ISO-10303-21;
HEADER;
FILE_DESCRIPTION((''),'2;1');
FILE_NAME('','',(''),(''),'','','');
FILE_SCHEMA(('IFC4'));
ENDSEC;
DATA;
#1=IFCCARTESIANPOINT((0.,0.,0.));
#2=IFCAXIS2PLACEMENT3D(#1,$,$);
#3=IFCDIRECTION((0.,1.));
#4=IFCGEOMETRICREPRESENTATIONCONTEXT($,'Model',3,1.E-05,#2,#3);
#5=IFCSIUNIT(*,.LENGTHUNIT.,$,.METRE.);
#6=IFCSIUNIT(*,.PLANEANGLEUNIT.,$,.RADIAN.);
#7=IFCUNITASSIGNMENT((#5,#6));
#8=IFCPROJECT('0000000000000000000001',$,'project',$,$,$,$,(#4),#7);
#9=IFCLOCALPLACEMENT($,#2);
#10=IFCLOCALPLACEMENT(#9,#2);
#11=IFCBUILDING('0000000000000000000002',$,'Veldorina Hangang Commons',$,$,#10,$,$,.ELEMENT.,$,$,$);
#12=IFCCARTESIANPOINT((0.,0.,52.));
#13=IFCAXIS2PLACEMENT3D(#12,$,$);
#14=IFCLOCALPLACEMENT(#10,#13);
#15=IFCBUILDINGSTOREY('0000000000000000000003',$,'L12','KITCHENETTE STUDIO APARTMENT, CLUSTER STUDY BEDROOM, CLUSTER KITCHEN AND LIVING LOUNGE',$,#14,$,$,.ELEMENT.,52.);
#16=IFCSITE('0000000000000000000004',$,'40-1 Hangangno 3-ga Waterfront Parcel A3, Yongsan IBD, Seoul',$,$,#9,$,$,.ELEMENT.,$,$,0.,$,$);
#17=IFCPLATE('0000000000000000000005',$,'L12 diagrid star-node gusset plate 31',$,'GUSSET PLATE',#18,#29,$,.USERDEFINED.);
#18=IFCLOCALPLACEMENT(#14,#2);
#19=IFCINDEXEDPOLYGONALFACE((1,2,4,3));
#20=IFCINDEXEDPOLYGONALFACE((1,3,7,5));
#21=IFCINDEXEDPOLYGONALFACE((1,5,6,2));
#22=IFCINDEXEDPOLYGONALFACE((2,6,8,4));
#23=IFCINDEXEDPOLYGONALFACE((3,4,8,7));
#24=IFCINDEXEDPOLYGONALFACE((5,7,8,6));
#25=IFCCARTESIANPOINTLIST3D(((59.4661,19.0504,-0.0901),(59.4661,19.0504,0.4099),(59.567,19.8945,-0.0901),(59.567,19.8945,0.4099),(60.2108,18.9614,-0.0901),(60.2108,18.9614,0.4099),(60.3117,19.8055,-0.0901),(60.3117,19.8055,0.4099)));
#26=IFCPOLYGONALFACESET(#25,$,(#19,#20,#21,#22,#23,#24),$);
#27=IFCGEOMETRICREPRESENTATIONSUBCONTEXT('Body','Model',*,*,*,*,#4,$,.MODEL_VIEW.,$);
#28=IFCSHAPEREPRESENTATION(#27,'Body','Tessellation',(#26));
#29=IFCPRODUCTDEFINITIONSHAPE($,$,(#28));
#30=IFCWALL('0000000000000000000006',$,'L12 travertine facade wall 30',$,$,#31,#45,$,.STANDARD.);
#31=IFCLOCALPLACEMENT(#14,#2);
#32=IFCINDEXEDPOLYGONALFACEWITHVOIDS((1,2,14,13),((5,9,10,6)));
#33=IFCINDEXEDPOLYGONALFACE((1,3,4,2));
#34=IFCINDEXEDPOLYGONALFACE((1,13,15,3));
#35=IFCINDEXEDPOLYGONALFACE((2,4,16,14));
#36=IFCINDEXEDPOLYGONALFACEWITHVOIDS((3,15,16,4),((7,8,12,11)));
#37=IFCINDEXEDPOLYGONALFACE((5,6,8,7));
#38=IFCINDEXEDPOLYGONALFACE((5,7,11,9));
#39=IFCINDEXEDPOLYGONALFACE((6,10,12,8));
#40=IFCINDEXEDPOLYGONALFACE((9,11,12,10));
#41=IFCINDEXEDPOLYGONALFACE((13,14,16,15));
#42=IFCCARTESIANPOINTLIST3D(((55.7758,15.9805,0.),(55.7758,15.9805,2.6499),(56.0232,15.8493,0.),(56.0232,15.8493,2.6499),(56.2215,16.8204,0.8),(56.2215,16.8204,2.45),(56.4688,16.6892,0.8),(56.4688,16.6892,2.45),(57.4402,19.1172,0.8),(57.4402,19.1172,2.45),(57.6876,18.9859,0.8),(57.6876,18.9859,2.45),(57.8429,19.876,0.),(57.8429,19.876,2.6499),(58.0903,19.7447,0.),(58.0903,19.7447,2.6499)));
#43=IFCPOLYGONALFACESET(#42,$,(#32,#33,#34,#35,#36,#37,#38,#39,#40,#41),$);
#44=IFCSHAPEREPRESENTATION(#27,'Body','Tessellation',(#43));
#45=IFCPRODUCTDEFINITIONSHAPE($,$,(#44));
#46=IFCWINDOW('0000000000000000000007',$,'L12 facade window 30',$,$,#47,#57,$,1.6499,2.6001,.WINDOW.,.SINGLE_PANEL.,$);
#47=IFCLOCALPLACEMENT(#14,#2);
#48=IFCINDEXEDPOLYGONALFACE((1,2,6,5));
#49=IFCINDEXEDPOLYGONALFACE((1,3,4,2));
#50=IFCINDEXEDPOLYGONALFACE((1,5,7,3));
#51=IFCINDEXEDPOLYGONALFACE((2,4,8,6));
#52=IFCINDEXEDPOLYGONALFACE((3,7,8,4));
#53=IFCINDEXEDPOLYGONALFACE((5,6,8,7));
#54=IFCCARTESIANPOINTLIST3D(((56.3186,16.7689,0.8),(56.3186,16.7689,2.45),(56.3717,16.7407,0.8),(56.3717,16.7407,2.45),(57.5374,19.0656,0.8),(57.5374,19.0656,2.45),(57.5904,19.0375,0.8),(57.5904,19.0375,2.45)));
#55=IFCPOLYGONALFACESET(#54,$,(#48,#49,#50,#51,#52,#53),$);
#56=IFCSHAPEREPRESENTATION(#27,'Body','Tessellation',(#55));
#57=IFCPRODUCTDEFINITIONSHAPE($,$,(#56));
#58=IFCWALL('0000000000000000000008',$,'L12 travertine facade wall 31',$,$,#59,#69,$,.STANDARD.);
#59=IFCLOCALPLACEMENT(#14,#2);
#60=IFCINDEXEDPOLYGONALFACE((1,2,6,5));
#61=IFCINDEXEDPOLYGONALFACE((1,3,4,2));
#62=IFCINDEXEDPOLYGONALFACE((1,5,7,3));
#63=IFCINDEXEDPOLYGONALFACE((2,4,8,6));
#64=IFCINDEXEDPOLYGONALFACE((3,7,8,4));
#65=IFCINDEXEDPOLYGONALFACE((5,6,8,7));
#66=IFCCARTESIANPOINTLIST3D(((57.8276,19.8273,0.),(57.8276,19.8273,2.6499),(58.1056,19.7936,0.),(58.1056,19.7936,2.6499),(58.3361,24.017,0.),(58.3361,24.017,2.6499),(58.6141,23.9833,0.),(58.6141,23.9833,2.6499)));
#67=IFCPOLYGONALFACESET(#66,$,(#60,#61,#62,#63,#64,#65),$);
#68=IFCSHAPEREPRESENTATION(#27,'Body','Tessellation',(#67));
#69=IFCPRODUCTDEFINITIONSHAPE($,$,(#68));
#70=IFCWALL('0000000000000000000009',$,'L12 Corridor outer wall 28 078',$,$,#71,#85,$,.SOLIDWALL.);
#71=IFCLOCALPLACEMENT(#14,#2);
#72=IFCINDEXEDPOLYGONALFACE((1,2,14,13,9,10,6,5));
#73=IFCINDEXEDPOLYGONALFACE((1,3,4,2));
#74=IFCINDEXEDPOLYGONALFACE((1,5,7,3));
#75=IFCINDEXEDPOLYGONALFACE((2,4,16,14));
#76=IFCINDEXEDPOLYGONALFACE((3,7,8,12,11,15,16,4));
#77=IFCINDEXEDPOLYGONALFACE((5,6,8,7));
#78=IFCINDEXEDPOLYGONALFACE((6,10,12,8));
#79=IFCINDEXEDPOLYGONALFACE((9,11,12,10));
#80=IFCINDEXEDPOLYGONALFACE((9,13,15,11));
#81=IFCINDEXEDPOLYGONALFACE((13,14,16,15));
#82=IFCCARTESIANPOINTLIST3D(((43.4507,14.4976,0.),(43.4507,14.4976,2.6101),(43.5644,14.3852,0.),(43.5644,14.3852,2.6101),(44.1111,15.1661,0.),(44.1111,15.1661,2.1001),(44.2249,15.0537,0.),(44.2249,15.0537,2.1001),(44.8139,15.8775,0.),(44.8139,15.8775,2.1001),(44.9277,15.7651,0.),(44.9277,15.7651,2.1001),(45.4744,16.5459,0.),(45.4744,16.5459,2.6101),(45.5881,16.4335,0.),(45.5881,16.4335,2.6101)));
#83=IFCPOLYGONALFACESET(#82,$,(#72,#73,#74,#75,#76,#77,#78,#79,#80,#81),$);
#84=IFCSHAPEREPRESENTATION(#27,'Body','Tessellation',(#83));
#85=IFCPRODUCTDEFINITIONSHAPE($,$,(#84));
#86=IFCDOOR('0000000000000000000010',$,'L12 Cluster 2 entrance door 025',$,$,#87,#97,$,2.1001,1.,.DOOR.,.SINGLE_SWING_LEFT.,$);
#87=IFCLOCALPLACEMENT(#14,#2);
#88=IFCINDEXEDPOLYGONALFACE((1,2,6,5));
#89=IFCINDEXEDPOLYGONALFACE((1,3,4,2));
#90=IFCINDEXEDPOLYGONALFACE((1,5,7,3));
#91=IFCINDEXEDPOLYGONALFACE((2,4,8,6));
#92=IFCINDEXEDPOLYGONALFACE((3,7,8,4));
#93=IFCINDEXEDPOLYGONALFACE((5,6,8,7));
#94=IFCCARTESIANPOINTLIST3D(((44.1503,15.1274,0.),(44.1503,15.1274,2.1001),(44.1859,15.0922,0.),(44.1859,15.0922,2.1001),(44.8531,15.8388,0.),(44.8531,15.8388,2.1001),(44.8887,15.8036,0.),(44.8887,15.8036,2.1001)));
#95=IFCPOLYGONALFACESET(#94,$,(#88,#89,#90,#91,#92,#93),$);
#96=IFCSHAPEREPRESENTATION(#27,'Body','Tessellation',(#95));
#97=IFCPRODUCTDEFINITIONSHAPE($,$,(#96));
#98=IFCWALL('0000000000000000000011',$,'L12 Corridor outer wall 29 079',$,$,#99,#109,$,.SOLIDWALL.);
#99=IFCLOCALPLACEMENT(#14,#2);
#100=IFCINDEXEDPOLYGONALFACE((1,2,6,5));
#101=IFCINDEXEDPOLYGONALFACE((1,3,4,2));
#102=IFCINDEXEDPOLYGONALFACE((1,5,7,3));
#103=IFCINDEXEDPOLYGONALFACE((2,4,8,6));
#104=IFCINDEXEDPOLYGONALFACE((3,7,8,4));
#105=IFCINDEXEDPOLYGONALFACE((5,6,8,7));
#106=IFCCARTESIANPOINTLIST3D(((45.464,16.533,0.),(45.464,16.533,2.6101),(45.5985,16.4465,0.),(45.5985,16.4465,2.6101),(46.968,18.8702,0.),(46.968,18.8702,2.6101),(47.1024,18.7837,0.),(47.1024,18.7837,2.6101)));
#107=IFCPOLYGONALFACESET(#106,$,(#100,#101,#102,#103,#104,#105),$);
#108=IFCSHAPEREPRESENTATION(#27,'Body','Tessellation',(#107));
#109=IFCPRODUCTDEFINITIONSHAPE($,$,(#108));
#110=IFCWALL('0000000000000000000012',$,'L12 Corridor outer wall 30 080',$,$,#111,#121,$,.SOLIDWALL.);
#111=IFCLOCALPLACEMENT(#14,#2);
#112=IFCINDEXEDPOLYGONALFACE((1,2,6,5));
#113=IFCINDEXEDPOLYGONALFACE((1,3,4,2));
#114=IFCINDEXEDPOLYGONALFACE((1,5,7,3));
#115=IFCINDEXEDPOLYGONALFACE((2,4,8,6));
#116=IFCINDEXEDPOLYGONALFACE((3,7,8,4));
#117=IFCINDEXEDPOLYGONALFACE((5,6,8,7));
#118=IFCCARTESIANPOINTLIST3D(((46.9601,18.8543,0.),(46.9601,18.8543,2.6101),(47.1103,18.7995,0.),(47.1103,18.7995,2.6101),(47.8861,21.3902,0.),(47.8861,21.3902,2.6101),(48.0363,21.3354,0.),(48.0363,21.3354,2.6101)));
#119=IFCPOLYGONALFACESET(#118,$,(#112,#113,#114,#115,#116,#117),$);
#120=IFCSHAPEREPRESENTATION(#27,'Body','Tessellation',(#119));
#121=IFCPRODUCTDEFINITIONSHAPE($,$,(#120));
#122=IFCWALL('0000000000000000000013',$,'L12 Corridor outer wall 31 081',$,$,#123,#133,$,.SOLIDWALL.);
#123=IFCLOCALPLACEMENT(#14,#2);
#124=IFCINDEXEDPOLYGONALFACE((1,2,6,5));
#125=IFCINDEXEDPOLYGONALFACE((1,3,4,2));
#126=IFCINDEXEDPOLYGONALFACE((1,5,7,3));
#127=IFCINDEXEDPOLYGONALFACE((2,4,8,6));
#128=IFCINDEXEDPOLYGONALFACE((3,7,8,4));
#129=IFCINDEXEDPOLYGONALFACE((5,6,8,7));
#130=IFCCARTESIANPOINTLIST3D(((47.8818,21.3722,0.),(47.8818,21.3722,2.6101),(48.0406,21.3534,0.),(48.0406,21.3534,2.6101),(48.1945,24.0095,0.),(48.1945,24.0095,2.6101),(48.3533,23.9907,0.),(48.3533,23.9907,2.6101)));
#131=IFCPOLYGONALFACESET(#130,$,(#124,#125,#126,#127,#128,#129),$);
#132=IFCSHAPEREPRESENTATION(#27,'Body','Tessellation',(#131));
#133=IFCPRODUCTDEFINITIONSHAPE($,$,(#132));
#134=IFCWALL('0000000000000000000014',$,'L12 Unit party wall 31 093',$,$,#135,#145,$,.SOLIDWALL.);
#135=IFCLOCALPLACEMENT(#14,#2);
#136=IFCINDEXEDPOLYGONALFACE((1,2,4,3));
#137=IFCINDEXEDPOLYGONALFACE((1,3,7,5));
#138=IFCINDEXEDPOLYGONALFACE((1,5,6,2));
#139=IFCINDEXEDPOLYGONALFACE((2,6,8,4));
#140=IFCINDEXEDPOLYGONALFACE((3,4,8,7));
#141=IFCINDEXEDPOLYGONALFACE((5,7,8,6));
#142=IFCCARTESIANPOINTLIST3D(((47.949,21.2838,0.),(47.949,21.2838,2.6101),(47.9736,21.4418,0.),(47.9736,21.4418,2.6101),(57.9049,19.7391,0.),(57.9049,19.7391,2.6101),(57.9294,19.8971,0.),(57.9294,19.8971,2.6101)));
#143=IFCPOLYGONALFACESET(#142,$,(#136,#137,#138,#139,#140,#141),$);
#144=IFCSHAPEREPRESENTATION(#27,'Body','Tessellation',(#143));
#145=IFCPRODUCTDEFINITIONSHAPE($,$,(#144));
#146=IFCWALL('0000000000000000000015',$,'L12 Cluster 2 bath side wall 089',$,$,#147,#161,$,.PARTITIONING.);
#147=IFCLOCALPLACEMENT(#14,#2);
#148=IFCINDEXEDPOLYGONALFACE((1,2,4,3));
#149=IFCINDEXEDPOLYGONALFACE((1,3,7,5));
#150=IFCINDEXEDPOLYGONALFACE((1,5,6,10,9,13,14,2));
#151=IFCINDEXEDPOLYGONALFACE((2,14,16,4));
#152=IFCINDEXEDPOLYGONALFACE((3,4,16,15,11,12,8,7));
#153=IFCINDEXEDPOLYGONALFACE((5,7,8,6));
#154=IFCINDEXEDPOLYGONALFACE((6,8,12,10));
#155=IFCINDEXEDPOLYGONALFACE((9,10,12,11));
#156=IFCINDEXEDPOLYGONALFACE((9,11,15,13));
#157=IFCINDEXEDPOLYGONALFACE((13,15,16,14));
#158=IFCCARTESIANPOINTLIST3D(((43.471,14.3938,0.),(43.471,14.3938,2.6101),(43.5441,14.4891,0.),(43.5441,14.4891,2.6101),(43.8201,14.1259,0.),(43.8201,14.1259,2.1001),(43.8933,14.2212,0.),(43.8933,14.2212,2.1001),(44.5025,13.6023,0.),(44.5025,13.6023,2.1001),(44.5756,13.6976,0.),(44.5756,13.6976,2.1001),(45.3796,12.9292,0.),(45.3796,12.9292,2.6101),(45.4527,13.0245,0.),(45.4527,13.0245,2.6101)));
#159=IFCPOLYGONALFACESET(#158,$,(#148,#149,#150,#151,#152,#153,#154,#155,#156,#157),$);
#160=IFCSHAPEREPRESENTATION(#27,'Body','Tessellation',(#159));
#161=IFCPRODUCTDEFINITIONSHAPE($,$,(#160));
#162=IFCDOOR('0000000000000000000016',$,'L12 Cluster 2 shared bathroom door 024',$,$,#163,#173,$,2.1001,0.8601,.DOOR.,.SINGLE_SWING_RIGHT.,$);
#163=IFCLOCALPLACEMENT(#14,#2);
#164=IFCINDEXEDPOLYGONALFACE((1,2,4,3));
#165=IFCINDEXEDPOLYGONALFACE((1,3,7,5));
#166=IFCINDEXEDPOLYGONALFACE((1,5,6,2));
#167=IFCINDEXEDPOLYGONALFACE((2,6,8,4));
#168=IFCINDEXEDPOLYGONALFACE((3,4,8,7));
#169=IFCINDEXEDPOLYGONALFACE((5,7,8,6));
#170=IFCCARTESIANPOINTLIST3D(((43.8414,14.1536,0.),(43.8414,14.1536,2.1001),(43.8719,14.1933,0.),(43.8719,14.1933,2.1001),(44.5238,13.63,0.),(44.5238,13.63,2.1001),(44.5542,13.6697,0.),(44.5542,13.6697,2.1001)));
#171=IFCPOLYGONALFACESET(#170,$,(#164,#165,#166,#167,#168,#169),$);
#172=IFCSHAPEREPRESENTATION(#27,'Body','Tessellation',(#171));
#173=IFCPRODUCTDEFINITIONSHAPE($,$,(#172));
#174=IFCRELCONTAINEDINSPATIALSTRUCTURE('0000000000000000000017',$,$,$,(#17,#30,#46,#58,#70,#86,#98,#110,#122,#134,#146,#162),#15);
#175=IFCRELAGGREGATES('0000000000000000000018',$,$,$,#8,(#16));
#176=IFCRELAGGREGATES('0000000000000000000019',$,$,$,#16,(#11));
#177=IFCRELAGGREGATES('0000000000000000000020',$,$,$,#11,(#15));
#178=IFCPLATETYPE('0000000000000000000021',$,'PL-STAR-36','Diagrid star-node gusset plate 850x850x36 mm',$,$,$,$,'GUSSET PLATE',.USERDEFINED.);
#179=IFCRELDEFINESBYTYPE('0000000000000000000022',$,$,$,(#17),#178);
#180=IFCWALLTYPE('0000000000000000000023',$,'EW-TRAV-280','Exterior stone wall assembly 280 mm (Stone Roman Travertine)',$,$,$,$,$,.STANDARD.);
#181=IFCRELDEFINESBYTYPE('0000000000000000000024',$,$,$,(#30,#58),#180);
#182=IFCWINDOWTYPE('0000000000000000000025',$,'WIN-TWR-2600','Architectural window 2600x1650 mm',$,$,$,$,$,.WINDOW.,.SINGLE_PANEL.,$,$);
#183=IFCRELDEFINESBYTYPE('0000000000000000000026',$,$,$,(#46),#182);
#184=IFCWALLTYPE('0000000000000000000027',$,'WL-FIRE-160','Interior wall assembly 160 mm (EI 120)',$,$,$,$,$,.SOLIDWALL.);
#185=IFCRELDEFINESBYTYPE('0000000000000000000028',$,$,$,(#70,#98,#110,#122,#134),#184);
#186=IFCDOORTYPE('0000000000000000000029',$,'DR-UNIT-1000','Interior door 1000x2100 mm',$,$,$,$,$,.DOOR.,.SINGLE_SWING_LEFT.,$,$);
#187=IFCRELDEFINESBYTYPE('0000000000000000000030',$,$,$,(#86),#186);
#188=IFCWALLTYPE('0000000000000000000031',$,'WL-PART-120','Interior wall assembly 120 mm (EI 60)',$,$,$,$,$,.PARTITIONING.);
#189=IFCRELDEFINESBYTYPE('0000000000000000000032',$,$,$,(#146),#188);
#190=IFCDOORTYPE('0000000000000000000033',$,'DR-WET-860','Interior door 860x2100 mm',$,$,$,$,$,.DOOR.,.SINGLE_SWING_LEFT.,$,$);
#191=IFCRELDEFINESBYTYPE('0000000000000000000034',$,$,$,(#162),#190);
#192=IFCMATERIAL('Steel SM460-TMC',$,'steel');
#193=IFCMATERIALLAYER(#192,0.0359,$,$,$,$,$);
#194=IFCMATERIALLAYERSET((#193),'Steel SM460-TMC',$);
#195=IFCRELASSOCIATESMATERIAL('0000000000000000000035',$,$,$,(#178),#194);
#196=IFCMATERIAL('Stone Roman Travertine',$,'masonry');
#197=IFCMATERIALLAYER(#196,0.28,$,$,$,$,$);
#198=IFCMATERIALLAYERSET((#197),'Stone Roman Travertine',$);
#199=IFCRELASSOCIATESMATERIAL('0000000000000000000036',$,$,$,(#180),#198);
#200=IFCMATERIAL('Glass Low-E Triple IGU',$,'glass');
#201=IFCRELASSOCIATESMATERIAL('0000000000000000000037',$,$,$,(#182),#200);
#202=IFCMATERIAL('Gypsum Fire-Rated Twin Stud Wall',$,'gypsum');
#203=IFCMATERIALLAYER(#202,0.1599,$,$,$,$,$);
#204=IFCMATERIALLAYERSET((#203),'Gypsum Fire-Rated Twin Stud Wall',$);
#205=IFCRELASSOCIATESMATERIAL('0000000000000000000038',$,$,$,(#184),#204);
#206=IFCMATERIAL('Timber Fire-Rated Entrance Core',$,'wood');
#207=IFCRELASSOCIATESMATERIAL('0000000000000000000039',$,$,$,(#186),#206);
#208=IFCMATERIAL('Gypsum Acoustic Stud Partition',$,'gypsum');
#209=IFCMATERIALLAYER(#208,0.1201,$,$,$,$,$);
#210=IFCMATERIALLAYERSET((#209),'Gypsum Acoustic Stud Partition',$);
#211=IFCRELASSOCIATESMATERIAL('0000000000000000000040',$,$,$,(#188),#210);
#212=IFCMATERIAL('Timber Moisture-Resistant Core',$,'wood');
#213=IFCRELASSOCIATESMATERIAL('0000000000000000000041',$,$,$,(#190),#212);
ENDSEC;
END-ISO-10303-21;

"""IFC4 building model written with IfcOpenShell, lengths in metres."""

from ifc_helpers import new_model, si_unit, direction, frame, frame_2d, origin, origin_2d, place, context, subcontext, project, spatial, rectangle, extrude, material, layer, layer_set, type_object, element, fill, save


model = new_model("IFC4")

# Units and contexts
model_context = context("Model", 3, precision=1e-05, world=origin(), true_north=direction((0.0, 1.0)))
body_context = subcontext(model_context, "Body", "Model", "MODEL_VIEW")
ifc_project = project(units=[si_unit("LENGTHUNIT", "METRE"), si_unit("PLANEANGLEUNIT", "RADIAN")], contexts=[model_context])

# Site, building, storey
site_placement = place(None, origin())
site = spatial("IfcSite", under=ifc_project, at=site_placement, Name="40-1 Hangangno 3-ga Waterfront Parcel A3, Yongsan IBD, Seoul", CompositionType="ELEMENT", RefElevation=0.0)
building_placement = place(site_placement, origin())
building = spatial("IfcBuilding", under=site, at=building_placement, Name="Veldorina Hangang Commons", CompositionType="ELEMENT")
storey_placement = place(building_placement, frame((0.0, 0.0, 52.0)))
storey = spatial("IfcBuildingStorey", under=building, at=storey_placement, Name="L12", Description="KITCHENETTE STUDIO APARTMENT, CLUSTER STUDY BEDROOM, CLUSTER KITCHEN AND LIVING LOUNGE", CompositionType="ELEMENT", Elevation=52.0)

# Shared definitions
ifc_material_1 = material(Name="Steel SM460-TMC", Category="steel")

# Shared definitions
ifc_material_2 = material(Name="Glass Low-E Triple IGU", Category="glass")

# Plate
ifc_layer_1 = layer(ifc_material_1, 0.0359)
ifc_layer_set_1 = layer_set([ifc_layer_1], Name="Steel SM460-TMC")
plate_type_1 = type_object("IfcPlateType", Name="PL-STAR-36", Description="Diagrid star-node gusset plate 850x850x36 mm", ElementType="GUSSET PLATE", PredefinedType="USERDEFINED", material=ifc_layer_set_1)
plate_1_placement = place(storey_placement, frame((59.8889, 19.428, -0.0901), z_axis=(0.0, 0.0, 1.0), x_axis=(0.118664, 0.992934, 0.0)))
element("IfcPlate", 1, at=plate_1_placement, inside=storey, type_object=plate_type_1, Name="L12 diagrid star-node gusset plate 31", ObjectType="GUSSET PLATE", PredefinedType="USERDEFINED", context=body_context, shape_type="SweptSolid", body=[
    extrude(rectangle(XDim=0.8501, YDim=0.75, at=origin_2d()), origin(), (0.0, 0.0, 1.0), 0.5),
])

# Wall, opening, window
ifc_material_3 = material(Name="Stone Roman Travertine", Category="masonry")
ifc_layer_2 = layer(ifc_material_3, 0.28)
ifc_layer_set_2 = layer_set([ifc_layer_2], Name="Stone Roman Travertine")
wall_type_1 = type_object("IfcWallType", Name="EW-TRAV-280", Description="Exterior stone wall assembly 280 mm (Stone Roman Travertine)", PredefinedType="STANDARD", material=ifc_layer_set_2)
wall_1_placement = place(storey_placement, frame((55.8994, 15.9148, 0.0), z_axis=(0.0, 0.0, 1.0), x_axis=(0.46874, 0.883336, 0.0)))
wall_1 = element("IfcWall", 2, at=wall_1_placement, inside=storey, type_object=wall_type_1, Name="L12 travertine facade wall 30", PredefinedType="STANDARD", context=body_context, shape_type="SweptSolid", body=[
    extrude(rectangle(XDim=4.4099, YDim=0.28, at=frame_2d((2.2051, 0.0))), origin(), (0.0, 0.0, 1.0), 2.6499),
])
opening_1_placement = place(wall_1_placement, frame((0.9509, 0.0, 0.8)))
opening_1 = element("IfcOpeningElement", 3, at=opening_1_placement, cuts=wall_1, PredefinedType="OPENING", context=body_context, shape_type="SweptSolid", body=[
    extrude(rectangle(XDim=2.6001, YDim=1.6499, at=frame_2d((1.3, 0.825))), frame((0.0, 0.1499, 0.0), z_axis=(0.0, -1.0, 0.0), x_axis=(1.0, 0.0, 0.0)), (0.0, 0.0, 1.0), 0.3),
])
window_type = type_object("IfcWindowType", Name="WIN-TWR-2600", Description="Architectural window 2600x1650 mm", PartitioningType="SINGLE_PANEL", PredefinedType="WINDOW", material=ifc_material_2)
window_placement = place(opening_1_placement, origin())
window = element("IfcWindow", 4, at=window_placement, inside=storey, type_object=window_type, Name="L12 facade window 30", OverallHeight=1.6499, OverallWidth=2.6001, PartitioningType="SINGLE_PANEL", PredefinedType="WINDOW", context=body_context, shape_type="SweptSolid", body=[
    extrude(rectangle(XDim=2.6001, YDim=1.6499, at=frame_2d((1.3, 0.825))), frame((0.0, 0.03, 0.0), z_axis=(0.0, -1.0, 0.0), x_axis=(1.0, 0.0, 0.0)), (0.0, 0.0, 1.0), 0.0601),
])
fill(opening_1, window)

# Wall
wall_2_placement = place(storey_placement, frame((57.9666, 19.8103, 0.0), z_axis=(0.0, 0.0, 1.0), x_axis=(0.120495, 0.992714, 0.0)))
element("IfcWall", 5, at=wall_2_placement, inside=storey, type_object=wall_type_1, Name="L12 travertine facade wall 31", PredefinedType="STANDARD", context=body_context, shape_type="SweptSolid", body=[
    extrude(rectangle(XDim=4.2205, YDim=0.28, at=frame_2d((2.1104, 0.0))), origin(), (0.0, 0.0, 1.0), 2.6499),
])

# Wall, opening, door
ifc_material_4 = material(Name="Gypsum Fire-Rated Twin Stud Wall", Category="gypsum")
ifc_layer_3 = layer(ifc_material_4, 0.1599)
ifc_layer_set_3 = layer_set([ifc_layer_3], Name="Gypsum Fire-Rated Twin Stud Wall")
wall_type_2 = type_object("IfcWallType", Name="WL-FIRE-160", Description="Interior wall assembly 160 mm (EI 120)", PredefinedType="SOLIDWALL", material=ifc_layer_set_3)
wall_3_placement = place(storey_placement, frame((43.5076, 14.4414, 0.0), z_axis=(0.0, 0.0, 1.0), x_axis=(0.702812, 0.711376, 0.0)))
wall_3 = element("IfcWall", 6, at=wall_3_placement, inside=storey, type_object=wall_type_2, Name="L12 Corridor outer wall 28 078", PredefinedType="SOLIDWALL", context=body_context, shape_type="SweptSolid", body=[
    extrude(rectangle(XDim=2.8794, YDim=0.1599, at=frame_2d((1.4397, 0.0))), origin(), (0.0, 0.0, 1.0), 2.6101),
])
opening_2_placement = place(wall_3_placement, frame((0.9397, 0.0, 0.0)))
opening_2 = element("IfcOpeningElement", 7, at=opening_2_placement, cuts=wall_3, PredefinedType="OPENING", context=body_context, shape_type="SweptSolid", body=[
    extrude(rectangle(XDim=1.0, YDim=2.1001, at=frame_2d((0.5, 1.05))), frame((0.0, 0.0898, 0.0), z_axis=(0.0, -1.0, 0.0), x_axis=(1.0, 0.0, 0.0)), (0.0, 0.0, 1.0), 0.1799),
])
ifc_material_5 = material(Name="Timber Fire-Rated Entrance Core", Category="wood")
door_type_1 = type_object("IfcDoorType", Name="DR-UNIT-1000", Description="Interior door 1000x2100 mm", OperationType="SINGLE_SWING_LEFT", PredefinedType="DOOR", material=ifc_material_5)
door_1_placement = place(opening_2_placement, origin())
door_1 = element("IfcDoor", 8, at=door_1_placement, inside=storey, type_object=door_type_1, Name="L12 Cluster 2 entrance door 025", OperationType="SINGLE_SWING_LEFT", OverallHeight=2.1001, OverallWidth=1.0, PredefinedType="DOOR", context=body_context, shape_type="SweptSolid", body=[
    extrude(rectangle(XDim=1.0, YDim=2.1001, at=frame_2d((0.5, 1.05))), frame((0.0, 0.0249, 0.0), z_axis=(0.0, -1.0, 0.0), x_axis=(1.0, 0.0, 0.0)), (0.0, 0.0, 1.0), 0.05),
])
fill(opening_2, door_1)

# Walls
wall_4_placement = place(storey_placement, frame((45.5312, 16.4897, 0.0), z_axis=(0.0, 0.0, 1.0), x_axis=(0.541126, 0.840941, 0.0)))
element("IfcWall", 9, at=wall_4_placement, inside=storey, type_object=wall_type_2, Name="L12 Corridor outer wall 29 079", PredefinedType="SOLIDWALL", context=body_context, shape_type="SweptSolid", body=[
    extrude(rectangle(XDim=2.7793, YDim=0.1599, at=frame_2d((1.3896, 0.0))), origin(), (0.0, 0.0, 1.0), 2.6101),
])
wall_5_placement = place(storey_placement, frame((47.0352, 18.8269, 0.0), z_axis=(0.0, 0.0, 1.0), x_axis=(0.343013, 0.93933, 0.0)))
element("IfcWall", 10, at=wall_5_placement, inside=storey, type_object=wall_type_2, Name="L12 Corridor outer wall 30 080", PredefinedType="SOLIDWALL", context=body_context, shape_type="SweptSolid", body=[
    extrude(rectangle(XDim=2.6997, YDim=0.1599, at=frame_2d((1.3499, 0.0))), origin(), (0.0, 0.0, 1.0), 2.6101),
])
wall_6_placement = place(storey_placement, frame((47.9612, 21.3628, 0.0), z_axis=(0.0, 0.0, 1.0), x_axis=(0.117764, 0.993042, 0.0)))
element("IfcWall", 11, at=wall_6_placement, inside=storey, type_object=wall_type_2, Name="L12 Corridor outer wall 31 081", PredefinedType="SOLIDWALL", context=body_context, shape_type="SweptSolid", body=[
    extrude(rectangle(XDim=2.6558, YDim=0.1599, at=frame_2d((1.3279, 0.0))), origin(), (0.0, 0.0, 1.0), 2.6101),
])
wall_7_placement = place(storey_placement, frame((47.9612, 21.3628, 0.0), z_axis=(0.0, 0.0, 1.0), x_axis=(0.988177, -0.153319, 0.0)))
element("IfcWall", 12, at=wall_7_placement, inside=storey, type_object=wall_type_2, Name="L12 Unit party wall 31 093", PredefinedType="SOLIDWALL", context=body_context, shape_type="SweptSolid", body=[
    extrude(rectangle(XDim=10.075, YDim=0.1599, at=frame_2d((5.0376, 0.0))), origin(), (0.0, 0.0, 1.0), 2.6101),
])

# Wall, opening, door
ifc_material_6 = material(Name="Gypsum Acoustic Stud Partition", Category="gypsum")
ifc_layer_4 = layer(ifc_material_6, 0.1201)
ifc_layer_set_4 = layer_set([ifc_layer_4], Name="Gypsum Acoustic Stud Partition")
wall_type_3 = type_object("IfcWallType", Name="WL-PART-120", Description="Interior wall assembly 120 mm (EI 60)", PredefinedType="PARTITIONING", material=ifc_layer_set_4)
wall_8_placement = place(storey_placement, frame((43.5076, 14.4414, 0.0), z_axis=(0.0, 0.0, 1.0), x_axis=(0.793351, -0.608764, 0.0)))
wall_8 = element("IfcWall", 13, at=wall_8_placement, inside=storey, type_object=wall_type_3, Name="L12 Cluster 2 bath side wall 089", PredefinedType="PARTITIONING", context=body_context, shape_type="SweptSolid", body=[
    extrude(rectangle(XDim=2.4058, YDim=0.1201, at=frame_2d((1.2029, 0.0))), origin(), (0.0, 0.0, 1.0), 2.6101),
])
opening_3_placement = place(wall_8_placement, frame((0.4399, 0.0, 0.0)))
opening_3 = element("IfcOpeningElement", 14, at=opening_3_placement, cuts=wall_8, PredefinedType="OPENING", context=body_context, shape_type="SweptSolid", body=[
    extrude(rectangle(XDim=0.8601, YDim=2.1001, at=frame_2d((0.4302, 1.05))), frame((0.0, 0.0701, 0.0), z_axis=(0.0, -1.0, 0.0), x_axis=(1.0, 0.0, 0.0)), (0.0, 0.0, 1.0), 0.1401),
])
ifc_material_7 = material(Name="Timber Moisture-Resistant Core", Category="wood")
door_type_2 = type_object("IfcDoorType", Name="DR-WET-860", Description="Interior door 860x2100 mm", OperationType="SINGLE_SWING_LEFT", PredefinedType="DOOR", material=ifc_material_7)
door_2_placement = place(opening_3_placement, origin())
door_2 = element("IfcDoor", 15, at=door_2_placement, inside=storey, type_object=door_type_2, Name="L12 Cluster 2 shared bathroom door 024", OperationType="SINGLE_SWING_RIGHT", OverallHeight=2.1001, OverallWidth=0.8601, PredefinedType="DOOR", context=body_context, shape_type="SweptSolid", body=[
    extrude(rectangle(XDim=0.8601, YDim=2.1001, at=frame_2d((0.4302, 1.05))), frame((0.0, 0.0249, 0.0), z_axis=(0.0, -1.0, 0.0), x_axis=(1.0, 0.0, 0.0)), (0.0, 0.0, 1.0), 0.05),
])
fill(opening_3, door_2)

save(model, "model.ifc")
